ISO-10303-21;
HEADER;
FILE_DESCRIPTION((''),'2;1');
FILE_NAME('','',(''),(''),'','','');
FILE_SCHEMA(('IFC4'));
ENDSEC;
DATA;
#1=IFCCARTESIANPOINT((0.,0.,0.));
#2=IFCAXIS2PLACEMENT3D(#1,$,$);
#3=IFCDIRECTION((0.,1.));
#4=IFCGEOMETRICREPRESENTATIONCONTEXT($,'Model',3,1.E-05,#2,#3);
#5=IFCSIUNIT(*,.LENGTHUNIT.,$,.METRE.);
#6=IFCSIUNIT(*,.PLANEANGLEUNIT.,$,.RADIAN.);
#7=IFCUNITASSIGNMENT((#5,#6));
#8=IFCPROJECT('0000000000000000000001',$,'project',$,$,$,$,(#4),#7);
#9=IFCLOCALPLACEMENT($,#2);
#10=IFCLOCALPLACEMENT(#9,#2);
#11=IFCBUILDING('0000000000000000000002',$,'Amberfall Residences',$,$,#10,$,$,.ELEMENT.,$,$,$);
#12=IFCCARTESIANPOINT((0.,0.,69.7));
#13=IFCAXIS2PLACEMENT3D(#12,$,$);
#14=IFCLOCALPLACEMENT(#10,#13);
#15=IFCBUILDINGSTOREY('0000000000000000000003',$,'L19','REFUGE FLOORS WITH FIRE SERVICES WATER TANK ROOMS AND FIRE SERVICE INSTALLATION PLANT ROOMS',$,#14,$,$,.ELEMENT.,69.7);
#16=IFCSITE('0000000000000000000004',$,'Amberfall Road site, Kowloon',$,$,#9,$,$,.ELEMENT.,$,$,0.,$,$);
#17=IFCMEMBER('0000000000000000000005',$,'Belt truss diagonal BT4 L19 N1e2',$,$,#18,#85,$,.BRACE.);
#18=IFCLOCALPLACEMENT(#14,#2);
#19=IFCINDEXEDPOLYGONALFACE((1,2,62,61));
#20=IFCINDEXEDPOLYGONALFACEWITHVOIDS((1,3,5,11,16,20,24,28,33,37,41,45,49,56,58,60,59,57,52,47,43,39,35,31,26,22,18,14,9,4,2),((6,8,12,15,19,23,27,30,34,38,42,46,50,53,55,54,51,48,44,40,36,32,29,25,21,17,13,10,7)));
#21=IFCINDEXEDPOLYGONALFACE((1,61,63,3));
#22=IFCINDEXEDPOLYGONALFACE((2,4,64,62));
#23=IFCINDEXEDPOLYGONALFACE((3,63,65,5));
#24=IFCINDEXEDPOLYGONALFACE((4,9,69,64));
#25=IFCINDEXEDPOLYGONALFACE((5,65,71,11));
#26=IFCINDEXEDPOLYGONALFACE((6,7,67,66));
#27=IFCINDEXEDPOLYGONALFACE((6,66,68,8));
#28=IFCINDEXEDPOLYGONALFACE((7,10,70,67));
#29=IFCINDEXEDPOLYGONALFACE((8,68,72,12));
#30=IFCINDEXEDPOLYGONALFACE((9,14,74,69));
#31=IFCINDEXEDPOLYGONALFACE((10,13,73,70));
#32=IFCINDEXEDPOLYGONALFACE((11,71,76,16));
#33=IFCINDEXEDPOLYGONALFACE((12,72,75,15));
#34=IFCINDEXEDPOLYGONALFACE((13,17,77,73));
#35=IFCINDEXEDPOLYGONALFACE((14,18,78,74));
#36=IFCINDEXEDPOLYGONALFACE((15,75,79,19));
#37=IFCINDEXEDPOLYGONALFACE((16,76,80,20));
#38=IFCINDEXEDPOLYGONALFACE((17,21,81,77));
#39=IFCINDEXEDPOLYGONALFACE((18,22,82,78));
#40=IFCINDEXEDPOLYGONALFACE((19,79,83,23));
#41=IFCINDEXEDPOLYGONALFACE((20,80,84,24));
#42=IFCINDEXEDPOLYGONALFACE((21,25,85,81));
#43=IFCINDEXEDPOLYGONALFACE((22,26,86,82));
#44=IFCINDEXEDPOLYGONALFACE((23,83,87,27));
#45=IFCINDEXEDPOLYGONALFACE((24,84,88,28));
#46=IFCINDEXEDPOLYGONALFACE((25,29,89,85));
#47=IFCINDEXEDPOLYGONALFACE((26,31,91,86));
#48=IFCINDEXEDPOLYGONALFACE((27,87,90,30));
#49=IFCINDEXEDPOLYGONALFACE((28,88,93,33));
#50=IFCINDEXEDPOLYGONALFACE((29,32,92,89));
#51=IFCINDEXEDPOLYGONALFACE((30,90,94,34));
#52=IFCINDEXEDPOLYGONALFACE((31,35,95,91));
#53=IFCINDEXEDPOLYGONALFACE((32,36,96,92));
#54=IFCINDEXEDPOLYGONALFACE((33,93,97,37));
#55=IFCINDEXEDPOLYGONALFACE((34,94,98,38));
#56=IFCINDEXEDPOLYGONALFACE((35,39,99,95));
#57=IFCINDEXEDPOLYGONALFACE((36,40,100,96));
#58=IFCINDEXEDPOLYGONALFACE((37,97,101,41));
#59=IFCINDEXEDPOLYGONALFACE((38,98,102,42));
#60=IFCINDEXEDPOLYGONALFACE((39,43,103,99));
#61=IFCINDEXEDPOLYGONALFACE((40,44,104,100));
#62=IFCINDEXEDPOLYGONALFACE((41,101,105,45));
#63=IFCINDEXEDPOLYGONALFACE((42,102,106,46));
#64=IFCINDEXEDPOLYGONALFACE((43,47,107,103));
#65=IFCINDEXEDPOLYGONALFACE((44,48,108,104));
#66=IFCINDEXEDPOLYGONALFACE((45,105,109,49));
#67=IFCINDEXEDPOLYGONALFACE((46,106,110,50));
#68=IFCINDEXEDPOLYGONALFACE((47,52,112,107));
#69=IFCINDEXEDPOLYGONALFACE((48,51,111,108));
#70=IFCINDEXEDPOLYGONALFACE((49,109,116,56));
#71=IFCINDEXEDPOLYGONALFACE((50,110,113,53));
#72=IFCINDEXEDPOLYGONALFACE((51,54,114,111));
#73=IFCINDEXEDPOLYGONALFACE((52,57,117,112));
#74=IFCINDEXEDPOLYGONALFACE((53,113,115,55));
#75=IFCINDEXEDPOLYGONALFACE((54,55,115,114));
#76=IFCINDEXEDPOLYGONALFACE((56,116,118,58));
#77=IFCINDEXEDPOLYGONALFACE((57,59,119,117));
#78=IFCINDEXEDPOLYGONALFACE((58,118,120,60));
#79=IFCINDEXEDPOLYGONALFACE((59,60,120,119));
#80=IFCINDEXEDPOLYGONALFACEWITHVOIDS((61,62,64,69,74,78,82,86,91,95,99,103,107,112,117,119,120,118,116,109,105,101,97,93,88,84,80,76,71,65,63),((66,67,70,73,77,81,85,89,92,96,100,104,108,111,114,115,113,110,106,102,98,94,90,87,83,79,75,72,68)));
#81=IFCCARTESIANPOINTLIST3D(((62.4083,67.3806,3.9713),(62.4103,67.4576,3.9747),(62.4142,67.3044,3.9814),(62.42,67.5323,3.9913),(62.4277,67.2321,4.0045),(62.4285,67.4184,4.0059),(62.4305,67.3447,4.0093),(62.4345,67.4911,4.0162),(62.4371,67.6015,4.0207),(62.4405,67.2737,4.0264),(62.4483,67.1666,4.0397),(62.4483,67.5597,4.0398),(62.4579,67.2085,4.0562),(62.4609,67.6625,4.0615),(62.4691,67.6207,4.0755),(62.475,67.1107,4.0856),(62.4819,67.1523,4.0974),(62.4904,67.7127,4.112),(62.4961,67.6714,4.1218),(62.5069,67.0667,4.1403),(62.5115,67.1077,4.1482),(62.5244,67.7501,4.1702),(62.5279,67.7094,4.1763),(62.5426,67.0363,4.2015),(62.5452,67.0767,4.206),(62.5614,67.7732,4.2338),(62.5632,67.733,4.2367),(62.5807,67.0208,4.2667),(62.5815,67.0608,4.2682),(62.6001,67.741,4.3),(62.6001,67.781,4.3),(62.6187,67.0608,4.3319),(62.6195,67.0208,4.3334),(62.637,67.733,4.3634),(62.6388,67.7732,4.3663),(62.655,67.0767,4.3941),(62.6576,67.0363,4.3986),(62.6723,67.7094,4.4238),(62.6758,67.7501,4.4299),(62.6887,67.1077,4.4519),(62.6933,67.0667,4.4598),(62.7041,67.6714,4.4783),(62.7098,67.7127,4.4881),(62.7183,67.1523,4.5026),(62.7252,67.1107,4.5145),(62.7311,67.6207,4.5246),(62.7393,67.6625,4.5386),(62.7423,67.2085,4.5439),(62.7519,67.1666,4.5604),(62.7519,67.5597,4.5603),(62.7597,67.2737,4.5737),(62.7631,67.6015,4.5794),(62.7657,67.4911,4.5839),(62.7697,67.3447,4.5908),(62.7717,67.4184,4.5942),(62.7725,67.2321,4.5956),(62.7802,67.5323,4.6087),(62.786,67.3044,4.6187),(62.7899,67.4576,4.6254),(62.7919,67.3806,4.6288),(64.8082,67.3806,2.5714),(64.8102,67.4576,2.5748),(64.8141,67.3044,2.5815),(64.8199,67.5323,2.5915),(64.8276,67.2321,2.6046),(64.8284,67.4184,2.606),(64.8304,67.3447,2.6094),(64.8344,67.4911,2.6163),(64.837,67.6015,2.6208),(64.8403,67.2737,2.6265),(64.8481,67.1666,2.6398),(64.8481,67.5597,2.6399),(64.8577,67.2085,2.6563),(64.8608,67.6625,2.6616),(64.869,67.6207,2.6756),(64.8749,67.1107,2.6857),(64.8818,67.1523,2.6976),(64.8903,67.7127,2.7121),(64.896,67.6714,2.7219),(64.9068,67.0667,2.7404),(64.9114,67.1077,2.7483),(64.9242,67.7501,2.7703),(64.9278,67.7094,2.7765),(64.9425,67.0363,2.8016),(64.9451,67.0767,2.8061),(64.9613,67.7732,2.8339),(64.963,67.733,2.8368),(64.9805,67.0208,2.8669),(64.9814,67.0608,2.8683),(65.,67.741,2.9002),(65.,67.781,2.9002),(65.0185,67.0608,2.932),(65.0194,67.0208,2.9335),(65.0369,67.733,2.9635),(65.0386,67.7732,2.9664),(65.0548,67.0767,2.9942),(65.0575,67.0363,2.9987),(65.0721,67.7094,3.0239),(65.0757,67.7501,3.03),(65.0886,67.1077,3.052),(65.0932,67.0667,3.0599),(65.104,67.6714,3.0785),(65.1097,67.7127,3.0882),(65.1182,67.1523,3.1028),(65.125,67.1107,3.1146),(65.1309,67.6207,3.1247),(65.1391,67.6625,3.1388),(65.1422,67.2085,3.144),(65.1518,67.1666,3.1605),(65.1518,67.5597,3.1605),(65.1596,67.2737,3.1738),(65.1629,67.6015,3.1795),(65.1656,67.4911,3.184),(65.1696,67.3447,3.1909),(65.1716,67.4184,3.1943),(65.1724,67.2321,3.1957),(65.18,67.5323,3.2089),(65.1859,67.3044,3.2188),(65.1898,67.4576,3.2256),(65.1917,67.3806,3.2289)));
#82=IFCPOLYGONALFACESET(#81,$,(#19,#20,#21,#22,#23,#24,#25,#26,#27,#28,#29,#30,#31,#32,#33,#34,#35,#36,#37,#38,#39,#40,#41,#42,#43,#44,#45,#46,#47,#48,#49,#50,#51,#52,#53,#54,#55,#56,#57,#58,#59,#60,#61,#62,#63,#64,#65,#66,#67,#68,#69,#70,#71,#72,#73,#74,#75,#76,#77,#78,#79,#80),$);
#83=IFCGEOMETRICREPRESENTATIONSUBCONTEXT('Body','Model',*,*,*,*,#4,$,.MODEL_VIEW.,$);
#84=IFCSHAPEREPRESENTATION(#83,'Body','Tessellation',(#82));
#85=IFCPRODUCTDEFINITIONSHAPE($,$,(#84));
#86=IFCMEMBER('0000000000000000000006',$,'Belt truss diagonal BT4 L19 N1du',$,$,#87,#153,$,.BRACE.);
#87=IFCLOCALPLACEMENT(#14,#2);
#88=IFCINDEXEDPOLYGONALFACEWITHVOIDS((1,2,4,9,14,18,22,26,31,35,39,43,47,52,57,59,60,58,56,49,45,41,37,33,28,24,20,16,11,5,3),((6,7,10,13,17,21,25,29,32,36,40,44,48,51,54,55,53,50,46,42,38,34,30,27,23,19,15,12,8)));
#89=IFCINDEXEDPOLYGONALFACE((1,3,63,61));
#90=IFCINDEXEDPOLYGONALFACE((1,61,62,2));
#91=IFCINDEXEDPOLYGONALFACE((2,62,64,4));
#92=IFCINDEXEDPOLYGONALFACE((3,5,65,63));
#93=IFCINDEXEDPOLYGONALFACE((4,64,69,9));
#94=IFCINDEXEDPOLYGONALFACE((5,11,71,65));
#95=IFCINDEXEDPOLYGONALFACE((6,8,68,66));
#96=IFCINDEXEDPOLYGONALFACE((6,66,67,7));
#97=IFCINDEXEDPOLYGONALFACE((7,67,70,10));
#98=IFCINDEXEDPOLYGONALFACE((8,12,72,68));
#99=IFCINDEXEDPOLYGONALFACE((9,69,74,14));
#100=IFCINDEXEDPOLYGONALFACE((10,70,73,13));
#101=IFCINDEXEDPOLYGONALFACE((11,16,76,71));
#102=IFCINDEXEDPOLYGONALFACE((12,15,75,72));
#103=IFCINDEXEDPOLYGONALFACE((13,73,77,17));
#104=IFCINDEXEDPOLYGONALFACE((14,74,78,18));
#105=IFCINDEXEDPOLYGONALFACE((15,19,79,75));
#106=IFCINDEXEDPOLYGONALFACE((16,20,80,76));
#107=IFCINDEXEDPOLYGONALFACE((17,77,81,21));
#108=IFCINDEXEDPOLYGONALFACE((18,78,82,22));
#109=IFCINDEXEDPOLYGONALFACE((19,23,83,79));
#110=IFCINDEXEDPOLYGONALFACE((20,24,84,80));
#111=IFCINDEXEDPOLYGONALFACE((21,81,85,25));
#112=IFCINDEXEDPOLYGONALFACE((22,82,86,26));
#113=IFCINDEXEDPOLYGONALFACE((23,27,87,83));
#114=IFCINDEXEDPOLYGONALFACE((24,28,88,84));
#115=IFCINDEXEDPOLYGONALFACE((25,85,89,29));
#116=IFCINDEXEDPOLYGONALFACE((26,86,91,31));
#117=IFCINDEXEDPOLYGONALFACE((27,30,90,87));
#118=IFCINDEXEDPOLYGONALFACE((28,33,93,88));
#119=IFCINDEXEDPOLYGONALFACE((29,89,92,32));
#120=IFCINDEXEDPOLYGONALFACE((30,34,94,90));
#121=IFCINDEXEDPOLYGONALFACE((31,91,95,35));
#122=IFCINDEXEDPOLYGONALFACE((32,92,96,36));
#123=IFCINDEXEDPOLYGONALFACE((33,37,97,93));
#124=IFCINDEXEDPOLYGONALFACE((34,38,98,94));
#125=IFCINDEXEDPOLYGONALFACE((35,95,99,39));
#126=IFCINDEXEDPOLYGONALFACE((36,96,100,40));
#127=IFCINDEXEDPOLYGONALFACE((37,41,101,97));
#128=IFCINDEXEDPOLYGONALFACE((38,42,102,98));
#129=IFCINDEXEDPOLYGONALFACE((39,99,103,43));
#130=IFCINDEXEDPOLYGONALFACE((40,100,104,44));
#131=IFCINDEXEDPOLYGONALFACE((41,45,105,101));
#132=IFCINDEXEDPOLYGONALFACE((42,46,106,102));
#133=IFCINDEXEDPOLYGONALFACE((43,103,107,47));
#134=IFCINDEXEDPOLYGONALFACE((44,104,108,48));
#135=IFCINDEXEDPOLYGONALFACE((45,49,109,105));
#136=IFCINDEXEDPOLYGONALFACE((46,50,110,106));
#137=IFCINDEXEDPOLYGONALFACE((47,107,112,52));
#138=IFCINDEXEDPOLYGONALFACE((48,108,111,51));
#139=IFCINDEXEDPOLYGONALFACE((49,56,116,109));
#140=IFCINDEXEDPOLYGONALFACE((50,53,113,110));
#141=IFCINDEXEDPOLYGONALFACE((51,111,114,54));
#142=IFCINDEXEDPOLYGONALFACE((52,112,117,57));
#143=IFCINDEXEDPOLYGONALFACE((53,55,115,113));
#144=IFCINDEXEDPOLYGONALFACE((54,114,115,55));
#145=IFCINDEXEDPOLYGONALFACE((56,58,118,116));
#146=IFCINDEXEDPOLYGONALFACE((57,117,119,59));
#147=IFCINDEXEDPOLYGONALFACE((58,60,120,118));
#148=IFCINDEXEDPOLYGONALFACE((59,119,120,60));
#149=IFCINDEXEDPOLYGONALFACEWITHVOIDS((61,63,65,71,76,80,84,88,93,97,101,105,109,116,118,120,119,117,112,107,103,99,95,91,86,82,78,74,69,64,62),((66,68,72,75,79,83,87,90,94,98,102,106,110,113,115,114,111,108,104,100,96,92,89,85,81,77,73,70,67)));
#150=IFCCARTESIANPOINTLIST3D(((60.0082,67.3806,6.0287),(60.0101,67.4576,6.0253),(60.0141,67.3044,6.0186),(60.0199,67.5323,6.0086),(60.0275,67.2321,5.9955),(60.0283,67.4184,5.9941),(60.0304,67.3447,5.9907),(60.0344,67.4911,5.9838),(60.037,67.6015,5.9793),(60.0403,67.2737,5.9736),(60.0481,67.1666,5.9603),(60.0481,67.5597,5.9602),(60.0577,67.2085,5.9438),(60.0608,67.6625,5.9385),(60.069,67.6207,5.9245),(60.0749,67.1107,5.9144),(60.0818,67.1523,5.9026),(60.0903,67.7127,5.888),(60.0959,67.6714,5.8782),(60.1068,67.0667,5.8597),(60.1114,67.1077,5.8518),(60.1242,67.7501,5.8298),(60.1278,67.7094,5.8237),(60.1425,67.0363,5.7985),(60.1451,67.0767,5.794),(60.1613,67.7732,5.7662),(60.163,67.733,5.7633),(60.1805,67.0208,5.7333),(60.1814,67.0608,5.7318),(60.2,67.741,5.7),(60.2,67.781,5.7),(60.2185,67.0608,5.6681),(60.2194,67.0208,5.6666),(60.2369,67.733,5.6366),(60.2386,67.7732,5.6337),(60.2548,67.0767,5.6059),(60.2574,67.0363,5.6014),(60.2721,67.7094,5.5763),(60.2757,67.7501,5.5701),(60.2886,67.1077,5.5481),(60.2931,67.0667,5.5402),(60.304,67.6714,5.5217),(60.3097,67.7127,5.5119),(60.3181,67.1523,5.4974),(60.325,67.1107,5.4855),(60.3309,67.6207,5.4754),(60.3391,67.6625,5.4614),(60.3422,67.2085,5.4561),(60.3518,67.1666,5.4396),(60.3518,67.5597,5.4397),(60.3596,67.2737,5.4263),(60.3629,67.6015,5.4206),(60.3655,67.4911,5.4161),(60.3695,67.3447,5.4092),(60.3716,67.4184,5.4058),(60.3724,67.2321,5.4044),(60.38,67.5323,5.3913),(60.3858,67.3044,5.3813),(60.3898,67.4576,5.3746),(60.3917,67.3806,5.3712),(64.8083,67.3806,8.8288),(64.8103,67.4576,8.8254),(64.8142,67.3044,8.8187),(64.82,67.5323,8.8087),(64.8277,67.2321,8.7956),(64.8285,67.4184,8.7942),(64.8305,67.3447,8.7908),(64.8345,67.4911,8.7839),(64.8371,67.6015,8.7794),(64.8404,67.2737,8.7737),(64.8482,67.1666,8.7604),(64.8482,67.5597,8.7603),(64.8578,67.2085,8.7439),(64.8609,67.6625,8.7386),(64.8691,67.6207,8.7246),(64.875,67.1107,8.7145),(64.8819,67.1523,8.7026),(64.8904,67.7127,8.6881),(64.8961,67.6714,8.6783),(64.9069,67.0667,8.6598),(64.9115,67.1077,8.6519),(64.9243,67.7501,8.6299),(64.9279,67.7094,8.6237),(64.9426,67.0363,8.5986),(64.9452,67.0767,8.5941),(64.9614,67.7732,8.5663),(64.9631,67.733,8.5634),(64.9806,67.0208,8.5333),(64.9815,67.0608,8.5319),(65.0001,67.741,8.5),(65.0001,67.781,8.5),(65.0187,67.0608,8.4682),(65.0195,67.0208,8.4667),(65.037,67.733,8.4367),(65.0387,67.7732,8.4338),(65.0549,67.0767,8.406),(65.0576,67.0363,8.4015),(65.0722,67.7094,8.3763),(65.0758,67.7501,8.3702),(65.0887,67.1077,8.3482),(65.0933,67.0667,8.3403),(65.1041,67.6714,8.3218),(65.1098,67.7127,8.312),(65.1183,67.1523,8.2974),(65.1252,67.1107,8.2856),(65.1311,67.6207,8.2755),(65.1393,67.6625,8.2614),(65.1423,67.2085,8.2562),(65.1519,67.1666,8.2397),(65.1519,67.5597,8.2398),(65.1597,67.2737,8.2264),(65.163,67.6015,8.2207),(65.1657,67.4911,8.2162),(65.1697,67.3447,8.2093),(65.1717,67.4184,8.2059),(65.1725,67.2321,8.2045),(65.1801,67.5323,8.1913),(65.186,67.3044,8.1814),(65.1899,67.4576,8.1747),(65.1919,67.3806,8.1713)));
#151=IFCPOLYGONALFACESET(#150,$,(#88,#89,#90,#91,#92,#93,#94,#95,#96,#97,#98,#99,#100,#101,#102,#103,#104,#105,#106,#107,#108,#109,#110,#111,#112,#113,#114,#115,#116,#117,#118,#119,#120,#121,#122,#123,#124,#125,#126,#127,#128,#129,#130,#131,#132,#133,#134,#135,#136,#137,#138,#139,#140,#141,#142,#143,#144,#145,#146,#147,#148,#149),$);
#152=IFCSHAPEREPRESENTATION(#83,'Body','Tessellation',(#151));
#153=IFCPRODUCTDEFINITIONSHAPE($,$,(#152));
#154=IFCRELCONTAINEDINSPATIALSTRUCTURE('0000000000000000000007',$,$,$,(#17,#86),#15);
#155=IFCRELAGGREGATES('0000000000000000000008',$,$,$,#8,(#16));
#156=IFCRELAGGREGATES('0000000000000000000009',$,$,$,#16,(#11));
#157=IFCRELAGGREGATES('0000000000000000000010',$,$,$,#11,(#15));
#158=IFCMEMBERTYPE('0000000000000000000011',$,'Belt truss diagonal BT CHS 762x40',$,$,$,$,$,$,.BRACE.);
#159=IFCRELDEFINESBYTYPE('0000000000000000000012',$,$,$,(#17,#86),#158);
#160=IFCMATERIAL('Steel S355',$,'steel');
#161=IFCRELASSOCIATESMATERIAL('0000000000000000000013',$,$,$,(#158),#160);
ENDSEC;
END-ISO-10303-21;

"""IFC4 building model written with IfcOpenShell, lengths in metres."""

from ifc_helpers import new_model, si_unit, direction, frame, origin, origin_2d, place, context, subcontext, project, spatial, hollow_circle, extrude, material, material_profile, profile_set, type_object, element, save


model = new_model("IFC4")

# Units and contexts
model_context = context("Model", 3, precision=1e-05, world=origin(), true_north=direction((0.0, 1.0)))
body_context = subcontext(model_context, "Body", "Model", "MODEL_VIEW")
ifc_project = project(units=[si_unit("LENGTHUNIT", "METRE"), si_unit("PLANEANGLEUNIT", "RADIAN")], contexts=[model_context])

# Site, building, storey
site_placement = place(None, origin())
site = spatial("IfcSite", under=ifc_project, at=site_placement, Name="Amberfall Road site, Kowloon", CompositionType="ELEMENT", RefElevation=0.0)
building_placement = place(site_placement, origin())
building = spatial("IfcBuilding", under=site, at=building_placement, Name="Amberfall Residences", CompositionType="ELEMENT")
storey_placement = place(building_placement, frame((0.0, 0.0, 69.7)))
storey = spatial("IfcBuildingStorey", under=building, at=storey_placement, Name="L19", Description="REFUGE FLOORS WITH FIRE SERVICES WATER TANK ROOMS AND FIRE SERVICE INSTALLATION PLANT ROOMS", CompositionType="ELEMENT", Elevation=69.7)

# Shared definitions
ifc_material_1 = material(Name="Steel S355", Category="steel")

# Members
ifc_material_profile_1 = material_profile(ifc_material_1, hollow_circle(Radius=0.3811, WallThickness=0.04, at=origin_2d()), Name="CHS 762x40")
ifc_profile_set_1 = profile_set([ifc_material_profile_1], Name="Steel S355")
member_type = type_object("IfcMemberType", Name="Belt truss diagonal BT CHS 762x40", PredefinedType="BRACE", material=ifc_profile_set_1)
member_1_placement = place(storey_placement, frame((62.6001, 67.3999, 4.3), z_axis=(0.863785, 0.0, -0.50386), x_axis=(0.0, 1.0, 0.0)))
element("IfcMember", 1, at=member_1_placement, inside=storey, type_object=member_type, Name="Belt truss diagonal BT4 L19 N1e2", PredefinedType="BRACE", context=body_context, shape_type="SweptSolid", body=[
    extrude(hollow_circle(Radius=0.3811, WallThickness=0.04, at=origin_2d()), origin(), (0.0, 0.0, 1.0), 2.7783),
])
member_2_placement = place(storey_placement, frame((60.2, 67.3999, 5.7), z_axis=(0.863777, 0.0, 0.503874), x_axis=(0.0, 1.0, 0.0)))
element("IfcMember", 2, at=member_2_placement, inside=storey, type_object=member_type, Name="Belt truss diagonal BT4 L19 N1du", PredefinedType="BRACE", context=body_context, shape_type="SweptSolid", body=[
    extrude(hollow_circle(Radius=0.3811, WallThickness=0.04, at=origin_2d()), origin(), (0.0, 0.0, 1.0), 5.5571),
])

save(model, "model.ifc")
